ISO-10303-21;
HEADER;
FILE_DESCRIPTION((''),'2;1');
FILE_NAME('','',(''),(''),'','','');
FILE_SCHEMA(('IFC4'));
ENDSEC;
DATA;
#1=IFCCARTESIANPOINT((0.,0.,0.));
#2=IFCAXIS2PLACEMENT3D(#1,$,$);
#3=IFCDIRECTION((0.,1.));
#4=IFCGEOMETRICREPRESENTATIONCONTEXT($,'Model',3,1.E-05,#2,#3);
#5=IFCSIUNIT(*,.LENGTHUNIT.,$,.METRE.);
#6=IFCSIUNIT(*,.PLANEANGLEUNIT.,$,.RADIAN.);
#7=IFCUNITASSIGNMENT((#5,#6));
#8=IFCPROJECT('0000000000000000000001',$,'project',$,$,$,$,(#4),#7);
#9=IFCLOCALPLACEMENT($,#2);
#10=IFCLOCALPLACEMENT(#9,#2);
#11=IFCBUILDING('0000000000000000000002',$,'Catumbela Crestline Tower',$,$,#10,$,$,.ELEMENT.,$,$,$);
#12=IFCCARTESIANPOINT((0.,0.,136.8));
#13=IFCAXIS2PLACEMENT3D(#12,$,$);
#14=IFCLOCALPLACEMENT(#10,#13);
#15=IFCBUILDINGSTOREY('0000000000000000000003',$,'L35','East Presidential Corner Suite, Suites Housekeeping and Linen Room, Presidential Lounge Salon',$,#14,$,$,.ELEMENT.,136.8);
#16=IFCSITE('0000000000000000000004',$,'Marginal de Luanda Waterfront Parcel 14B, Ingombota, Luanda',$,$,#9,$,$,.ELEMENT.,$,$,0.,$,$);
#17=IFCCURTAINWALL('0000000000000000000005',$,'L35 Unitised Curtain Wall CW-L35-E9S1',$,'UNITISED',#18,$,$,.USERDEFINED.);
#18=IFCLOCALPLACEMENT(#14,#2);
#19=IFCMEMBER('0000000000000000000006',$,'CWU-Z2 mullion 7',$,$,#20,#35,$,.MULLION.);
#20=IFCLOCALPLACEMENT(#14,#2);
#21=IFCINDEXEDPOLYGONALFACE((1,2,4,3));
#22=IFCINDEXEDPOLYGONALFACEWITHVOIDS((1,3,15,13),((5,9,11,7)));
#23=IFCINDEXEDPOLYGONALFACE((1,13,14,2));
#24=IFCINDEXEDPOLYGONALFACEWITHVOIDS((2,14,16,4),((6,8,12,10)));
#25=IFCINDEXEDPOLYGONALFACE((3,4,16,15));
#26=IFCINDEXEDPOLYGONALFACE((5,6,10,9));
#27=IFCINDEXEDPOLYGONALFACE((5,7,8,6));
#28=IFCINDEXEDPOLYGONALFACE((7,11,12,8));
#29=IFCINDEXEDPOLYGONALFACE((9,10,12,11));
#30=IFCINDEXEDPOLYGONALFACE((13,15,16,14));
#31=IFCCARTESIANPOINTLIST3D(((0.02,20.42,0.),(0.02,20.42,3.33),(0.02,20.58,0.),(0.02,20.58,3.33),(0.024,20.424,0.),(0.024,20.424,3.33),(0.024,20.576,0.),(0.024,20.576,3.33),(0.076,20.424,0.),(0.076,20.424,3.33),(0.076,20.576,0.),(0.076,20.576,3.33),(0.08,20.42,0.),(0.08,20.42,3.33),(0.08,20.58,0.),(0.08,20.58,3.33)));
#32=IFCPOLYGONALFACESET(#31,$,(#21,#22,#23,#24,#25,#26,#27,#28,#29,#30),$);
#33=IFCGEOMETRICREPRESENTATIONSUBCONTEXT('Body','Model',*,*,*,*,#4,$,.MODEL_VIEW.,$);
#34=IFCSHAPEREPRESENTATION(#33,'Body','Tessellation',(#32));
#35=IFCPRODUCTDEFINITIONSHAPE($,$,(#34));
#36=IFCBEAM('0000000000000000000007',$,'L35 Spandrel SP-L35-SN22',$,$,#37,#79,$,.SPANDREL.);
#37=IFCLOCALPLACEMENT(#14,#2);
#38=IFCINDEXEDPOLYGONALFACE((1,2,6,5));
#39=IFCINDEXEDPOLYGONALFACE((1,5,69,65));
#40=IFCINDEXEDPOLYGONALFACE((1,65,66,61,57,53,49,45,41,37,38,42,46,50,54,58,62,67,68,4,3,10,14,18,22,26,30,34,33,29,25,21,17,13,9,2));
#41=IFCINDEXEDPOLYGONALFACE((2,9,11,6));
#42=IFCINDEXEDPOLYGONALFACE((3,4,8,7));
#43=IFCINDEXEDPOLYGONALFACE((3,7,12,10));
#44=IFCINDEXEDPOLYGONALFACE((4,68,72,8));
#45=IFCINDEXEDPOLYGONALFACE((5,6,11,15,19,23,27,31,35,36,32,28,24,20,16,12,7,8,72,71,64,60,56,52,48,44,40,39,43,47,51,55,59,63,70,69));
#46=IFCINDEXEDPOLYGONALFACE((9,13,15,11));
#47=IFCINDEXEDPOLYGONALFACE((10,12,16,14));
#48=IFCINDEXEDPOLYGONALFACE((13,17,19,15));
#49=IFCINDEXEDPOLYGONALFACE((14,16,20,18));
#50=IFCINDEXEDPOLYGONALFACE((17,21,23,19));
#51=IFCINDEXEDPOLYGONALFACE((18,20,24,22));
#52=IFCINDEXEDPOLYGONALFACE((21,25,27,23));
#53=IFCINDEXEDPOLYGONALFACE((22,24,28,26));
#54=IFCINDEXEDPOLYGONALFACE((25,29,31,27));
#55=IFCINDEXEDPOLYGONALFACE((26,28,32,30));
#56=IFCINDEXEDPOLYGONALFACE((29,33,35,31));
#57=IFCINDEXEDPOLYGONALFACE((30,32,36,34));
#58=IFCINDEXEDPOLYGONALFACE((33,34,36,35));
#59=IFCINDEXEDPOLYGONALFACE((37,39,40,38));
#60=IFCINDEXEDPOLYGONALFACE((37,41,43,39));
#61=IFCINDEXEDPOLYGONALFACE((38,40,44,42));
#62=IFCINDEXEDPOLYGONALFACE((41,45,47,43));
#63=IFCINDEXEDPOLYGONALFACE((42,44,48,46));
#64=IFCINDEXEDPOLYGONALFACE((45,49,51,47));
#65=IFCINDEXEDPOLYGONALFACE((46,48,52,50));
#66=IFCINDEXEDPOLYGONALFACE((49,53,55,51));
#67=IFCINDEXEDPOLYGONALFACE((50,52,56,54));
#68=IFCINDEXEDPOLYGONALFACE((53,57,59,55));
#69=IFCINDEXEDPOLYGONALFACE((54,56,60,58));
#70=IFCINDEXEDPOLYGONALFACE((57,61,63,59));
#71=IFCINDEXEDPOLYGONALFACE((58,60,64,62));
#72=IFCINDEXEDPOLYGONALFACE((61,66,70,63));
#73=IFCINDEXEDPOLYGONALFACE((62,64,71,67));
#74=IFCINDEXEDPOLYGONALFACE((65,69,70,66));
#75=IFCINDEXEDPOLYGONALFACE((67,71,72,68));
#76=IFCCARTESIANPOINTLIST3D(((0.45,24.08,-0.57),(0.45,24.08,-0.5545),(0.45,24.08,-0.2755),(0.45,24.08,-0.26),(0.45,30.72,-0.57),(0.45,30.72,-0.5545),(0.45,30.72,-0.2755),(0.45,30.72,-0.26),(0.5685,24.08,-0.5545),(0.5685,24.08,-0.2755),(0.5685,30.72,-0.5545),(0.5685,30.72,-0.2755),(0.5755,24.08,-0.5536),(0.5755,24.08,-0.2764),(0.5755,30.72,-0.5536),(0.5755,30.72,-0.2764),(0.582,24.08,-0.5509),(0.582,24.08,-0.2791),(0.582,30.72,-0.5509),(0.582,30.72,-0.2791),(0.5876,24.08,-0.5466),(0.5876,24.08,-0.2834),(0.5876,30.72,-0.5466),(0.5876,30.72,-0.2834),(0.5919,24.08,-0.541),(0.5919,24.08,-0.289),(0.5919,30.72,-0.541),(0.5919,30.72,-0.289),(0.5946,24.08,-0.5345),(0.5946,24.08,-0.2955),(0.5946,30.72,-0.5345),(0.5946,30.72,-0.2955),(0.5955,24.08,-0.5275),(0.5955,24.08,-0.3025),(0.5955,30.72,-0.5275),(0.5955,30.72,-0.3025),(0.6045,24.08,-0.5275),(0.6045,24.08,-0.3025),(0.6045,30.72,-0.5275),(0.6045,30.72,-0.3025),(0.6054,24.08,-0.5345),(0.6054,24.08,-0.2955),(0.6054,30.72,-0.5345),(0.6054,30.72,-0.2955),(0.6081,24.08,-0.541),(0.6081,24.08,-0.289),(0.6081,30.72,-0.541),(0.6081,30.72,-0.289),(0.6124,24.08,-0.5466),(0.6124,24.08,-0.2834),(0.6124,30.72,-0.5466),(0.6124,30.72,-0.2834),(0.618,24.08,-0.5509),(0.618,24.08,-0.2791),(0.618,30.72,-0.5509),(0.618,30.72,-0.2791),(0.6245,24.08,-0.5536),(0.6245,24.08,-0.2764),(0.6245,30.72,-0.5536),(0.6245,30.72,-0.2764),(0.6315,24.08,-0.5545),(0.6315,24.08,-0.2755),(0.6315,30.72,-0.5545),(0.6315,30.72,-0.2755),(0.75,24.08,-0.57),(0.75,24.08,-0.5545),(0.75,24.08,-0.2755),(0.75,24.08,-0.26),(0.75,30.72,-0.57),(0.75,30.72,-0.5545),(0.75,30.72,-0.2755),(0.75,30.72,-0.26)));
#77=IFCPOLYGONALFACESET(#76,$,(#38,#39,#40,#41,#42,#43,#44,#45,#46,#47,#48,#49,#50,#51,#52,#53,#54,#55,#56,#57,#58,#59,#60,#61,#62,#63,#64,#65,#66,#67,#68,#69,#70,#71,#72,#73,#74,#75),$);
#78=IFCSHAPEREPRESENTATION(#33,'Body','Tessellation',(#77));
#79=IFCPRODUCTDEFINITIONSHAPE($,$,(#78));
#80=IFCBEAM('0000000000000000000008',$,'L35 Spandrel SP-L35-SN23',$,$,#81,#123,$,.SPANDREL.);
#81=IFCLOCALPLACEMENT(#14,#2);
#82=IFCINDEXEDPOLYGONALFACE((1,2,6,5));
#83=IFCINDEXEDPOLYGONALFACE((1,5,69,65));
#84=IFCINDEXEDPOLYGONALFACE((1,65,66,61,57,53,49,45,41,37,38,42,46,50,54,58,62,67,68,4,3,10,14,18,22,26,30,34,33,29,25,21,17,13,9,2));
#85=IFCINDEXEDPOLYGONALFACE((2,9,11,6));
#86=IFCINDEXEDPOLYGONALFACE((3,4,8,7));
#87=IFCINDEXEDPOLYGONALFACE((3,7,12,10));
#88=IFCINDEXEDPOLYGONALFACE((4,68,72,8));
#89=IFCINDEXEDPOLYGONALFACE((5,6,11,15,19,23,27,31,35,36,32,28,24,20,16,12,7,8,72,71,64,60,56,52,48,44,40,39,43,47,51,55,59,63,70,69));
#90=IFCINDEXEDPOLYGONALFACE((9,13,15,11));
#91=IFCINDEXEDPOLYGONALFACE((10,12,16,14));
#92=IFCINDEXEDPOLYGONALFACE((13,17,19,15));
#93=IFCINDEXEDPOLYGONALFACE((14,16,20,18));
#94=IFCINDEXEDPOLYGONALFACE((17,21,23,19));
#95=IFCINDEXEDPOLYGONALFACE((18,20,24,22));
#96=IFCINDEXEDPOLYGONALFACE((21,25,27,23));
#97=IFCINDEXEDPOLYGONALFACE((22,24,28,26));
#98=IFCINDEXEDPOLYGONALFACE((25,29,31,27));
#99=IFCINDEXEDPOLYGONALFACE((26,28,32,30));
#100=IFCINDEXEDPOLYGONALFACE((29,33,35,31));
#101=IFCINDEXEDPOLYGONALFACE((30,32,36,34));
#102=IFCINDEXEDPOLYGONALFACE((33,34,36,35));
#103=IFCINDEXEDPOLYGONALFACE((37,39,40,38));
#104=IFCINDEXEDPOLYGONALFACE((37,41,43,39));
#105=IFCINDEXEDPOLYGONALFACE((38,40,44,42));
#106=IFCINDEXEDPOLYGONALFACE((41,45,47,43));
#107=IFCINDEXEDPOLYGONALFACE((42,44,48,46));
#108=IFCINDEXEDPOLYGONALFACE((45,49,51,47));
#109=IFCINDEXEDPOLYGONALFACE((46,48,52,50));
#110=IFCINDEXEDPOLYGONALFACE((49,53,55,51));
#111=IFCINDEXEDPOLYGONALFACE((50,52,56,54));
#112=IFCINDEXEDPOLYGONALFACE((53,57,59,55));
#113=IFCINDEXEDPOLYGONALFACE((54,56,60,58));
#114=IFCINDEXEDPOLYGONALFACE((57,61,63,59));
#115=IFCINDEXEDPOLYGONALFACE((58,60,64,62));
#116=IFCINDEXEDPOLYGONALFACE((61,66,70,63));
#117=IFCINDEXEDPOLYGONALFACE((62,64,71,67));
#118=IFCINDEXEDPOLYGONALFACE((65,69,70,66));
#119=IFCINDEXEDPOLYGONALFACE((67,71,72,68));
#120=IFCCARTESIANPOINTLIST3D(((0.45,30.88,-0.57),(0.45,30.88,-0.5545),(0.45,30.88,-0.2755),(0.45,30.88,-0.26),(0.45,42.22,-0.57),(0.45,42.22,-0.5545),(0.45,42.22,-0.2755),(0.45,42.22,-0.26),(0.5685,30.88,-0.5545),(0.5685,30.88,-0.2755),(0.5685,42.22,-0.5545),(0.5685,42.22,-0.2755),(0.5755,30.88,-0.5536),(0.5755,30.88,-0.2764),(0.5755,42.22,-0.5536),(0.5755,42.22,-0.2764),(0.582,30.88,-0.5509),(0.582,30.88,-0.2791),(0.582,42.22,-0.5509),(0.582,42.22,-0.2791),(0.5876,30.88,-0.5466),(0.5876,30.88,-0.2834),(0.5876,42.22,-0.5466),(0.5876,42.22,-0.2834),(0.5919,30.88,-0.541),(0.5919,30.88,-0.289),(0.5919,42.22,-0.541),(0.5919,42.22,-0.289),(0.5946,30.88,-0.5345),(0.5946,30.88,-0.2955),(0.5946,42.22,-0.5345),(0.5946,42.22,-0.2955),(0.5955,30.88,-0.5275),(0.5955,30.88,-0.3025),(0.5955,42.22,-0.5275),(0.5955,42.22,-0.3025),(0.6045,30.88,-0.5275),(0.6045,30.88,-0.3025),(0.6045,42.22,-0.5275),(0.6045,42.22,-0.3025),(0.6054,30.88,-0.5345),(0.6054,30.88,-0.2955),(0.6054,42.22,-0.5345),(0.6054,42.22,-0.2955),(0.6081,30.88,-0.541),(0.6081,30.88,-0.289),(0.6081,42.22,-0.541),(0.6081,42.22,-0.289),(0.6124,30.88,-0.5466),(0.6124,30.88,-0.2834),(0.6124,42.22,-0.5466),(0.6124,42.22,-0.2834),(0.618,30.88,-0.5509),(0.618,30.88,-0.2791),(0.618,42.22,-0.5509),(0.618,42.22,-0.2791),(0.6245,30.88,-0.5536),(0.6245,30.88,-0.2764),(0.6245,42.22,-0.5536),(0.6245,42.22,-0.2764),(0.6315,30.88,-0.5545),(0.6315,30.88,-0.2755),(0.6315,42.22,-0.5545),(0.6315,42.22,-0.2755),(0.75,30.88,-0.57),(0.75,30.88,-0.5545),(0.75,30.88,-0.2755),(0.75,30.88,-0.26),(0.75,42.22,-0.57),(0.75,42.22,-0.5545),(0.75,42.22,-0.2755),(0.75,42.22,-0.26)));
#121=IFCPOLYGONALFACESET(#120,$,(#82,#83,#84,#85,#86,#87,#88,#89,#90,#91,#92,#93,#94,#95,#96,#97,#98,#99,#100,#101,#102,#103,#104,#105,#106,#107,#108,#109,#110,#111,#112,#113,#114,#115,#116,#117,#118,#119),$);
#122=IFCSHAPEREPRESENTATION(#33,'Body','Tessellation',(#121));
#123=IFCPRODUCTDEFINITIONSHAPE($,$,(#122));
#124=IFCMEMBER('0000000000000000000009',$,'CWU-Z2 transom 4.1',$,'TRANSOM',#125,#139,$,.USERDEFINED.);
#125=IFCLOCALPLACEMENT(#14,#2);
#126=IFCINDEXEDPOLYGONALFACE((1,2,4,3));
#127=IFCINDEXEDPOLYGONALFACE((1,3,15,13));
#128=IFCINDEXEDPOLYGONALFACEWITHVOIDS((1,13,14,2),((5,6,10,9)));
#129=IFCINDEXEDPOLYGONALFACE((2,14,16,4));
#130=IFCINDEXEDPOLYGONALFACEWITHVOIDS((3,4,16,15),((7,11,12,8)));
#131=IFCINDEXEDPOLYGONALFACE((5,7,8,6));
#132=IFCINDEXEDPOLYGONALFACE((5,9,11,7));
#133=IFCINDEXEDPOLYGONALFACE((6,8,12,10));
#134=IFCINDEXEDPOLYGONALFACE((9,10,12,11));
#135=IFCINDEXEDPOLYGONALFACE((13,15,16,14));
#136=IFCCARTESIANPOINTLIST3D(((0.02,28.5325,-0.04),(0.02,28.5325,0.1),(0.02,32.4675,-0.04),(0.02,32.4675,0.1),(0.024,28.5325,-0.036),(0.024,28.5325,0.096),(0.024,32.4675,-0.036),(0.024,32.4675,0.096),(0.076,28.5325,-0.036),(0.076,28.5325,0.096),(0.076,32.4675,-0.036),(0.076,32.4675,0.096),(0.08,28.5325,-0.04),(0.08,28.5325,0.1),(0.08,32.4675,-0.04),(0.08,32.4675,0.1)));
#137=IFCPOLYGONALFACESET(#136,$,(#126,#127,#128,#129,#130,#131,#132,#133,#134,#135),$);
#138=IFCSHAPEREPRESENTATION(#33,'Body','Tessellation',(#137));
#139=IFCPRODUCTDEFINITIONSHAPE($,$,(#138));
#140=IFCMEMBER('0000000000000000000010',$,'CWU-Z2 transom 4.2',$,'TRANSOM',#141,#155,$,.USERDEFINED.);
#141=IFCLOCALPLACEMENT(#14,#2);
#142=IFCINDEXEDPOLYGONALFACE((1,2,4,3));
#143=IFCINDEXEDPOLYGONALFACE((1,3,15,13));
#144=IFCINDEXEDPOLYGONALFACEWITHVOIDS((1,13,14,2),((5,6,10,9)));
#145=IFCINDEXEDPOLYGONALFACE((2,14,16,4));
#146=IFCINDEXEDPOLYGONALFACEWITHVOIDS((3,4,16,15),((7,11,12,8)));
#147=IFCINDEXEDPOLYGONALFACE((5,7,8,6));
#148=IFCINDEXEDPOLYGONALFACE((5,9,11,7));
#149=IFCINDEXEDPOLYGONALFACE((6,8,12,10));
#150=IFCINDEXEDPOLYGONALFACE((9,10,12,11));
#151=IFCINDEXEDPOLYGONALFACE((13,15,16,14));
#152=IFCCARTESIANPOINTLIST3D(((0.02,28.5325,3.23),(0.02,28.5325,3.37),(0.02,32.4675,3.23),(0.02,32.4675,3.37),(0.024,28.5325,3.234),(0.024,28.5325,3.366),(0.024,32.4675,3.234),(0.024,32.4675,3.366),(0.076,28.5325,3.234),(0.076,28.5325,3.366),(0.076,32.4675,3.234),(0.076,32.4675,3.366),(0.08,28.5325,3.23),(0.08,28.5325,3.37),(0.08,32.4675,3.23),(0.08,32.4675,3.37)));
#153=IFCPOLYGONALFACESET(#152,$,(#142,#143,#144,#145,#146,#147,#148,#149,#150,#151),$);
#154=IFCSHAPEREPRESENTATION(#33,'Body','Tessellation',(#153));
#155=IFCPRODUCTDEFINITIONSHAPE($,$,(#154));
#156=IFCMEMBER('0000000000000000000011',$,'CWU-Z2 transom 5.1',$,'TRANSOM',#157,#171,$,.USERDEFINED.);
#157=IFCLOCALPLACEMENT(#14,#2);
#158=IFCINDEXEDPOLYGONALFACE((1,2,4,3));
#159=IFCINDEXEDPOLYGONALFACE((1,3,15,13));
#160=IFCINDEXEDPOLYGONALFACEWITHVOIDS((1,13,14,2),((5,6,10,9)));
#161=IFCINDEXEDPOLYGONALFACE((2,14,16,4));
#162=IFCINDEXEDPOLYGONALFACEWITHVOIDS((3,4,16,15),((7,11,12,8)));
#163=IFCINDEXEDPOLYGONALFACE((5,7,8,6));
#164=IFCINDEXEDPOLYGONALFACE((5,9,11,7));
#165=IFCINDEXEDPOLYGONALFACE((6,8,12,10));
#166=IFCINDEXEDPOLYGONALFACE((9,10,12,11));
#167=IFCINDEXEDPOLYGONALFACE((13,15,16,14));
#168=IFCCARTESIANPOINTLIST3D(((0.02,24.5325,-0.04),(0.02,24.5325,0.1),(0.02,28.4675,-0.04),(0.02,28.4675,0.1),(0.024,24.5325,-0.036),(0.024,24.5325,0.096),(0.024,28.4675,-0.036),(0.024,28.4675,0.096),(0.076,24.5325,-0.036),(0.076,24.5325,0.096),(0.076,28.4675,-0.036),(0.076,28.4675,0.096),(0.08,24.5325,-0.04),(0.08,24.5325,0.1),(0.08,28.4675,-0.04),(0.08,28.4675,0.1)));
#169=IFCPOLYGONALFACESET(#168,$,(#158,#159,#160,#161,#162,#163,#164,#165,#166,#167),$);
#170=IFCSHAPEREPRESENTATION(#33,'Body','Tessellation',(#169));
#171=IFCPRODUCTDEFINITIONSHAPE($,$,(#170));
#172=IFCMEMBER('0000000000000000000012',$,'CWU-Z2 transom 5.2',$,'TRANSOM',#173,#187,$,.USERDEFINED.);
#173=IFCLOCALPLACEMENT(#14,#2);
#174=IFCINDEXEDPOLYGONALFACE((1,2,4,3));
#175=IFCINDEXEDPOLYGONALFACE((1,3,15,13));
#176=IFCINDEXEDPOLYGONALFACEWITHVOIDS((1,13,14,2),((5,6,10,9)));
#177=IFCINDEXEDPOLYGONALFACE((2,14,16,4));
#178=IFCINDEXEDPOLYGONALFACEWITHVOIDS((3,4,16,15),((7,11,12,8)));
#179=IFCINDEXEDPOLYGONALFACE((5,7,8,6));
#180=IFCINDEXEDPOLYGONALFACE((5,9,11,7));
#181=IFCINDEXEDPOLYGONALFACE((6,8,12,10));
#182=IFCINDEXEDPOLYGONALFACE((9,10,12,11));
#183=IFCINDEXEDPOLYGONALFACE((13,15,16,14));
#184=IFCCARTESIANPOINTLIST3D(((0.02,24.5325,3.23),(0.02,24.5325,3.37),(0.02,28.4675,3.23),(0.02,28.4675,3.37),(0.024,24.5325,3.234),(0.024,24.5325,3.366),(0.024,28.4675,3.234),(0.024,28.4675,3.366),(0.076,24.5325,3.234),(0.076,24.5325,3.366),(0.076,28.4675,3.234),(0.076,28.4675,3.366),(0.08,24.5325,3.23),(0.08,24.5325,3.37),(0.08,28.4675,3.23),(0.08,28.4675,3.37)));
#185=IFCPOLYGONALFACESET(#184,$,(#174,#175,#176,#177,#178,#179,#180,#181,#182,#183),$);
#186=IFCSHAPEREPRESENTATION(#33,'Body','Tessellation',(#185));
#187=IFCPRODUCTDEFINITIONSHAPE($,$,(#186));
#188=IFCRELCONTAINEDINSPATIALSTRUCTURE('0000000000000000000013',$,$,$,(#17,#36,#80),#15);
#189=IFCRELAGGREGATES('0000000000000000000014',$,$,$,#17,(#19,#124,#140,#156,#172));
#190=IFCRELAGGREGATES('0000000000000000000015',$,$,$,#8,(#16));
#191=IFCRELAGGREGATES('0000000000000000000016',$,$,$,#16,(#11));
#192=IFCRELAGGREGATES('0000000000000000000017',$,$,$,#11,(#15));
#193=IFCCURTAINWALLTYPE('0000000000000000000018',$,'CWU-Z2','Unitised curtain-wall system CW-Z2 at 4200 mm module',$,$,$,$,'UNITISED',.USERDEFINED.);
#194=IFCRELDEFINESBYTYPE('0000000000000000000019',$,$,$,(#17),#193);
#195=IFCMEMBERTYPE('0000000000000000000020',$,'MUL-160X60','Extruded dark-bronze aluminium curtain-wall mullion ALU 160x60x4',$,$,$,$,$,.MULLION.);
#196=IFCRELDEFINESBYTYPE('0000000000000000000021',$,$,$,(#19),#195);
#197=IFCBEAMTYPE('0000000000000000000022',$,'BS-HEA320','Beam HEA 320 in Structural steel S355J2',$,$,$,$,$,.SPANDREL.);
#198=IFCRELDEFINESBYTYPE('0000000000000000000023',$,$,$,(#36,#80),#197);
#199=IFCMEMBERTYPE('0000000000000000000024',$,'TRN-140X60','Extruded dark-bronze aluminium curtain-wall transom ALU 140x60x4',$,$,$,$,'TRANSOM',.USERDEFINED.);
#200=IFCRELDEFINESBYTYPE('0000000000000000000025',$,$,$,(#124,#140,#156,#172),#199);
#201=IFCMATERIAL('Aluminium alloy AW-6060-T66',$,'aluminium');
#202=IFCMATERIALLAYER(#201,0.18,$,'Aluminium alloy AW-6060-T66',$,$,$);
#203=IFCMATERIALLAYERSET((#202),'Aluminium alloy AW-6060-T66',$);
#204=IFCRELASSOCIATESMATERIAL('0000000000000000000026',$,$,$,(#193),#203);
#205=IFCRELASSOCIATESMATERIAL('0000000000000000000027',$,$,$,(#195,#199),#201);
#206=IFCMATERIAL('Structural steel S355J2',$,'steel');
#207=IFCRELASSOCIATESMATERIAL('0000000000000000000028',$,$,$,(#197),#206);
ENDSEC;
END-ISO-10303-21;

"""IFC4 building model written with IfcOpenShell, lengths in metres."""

from ifc_helpers import new_model, si_unit, direction, frame, origin, origin_2d, place, context, subcontext, project, spatial, hollow_rectangle, i_section, extrude, material, layer, layer_set, material_profile, profile_set, type_object, element, aggregate, save


model = new_model("IFC4")

# Units and contexts
model_context = context("Model", 3, precision=1e-05, world=origin(), true_north=direction((0.0, 1.0)))
body_context = subcontext(model_context, "Body", "Model", "MODEL_VIEW")
ifc_project = project(units=[si_unit("LENGTHUNIT", "METRE"), si_unit("PLANEANGLEUNIT", "RADIAN")], contexts=[model_context])

# Site, building, storey
site_placement = place(None, origin())
site = spatial("IfcSite", under=ifc_project, at=site_placement, Name="Marginal de Luanda Waterfront Parcel 14B, Ingombota, Luanda", CompositionType="ELEMENT", RefElevation=0.0)
building_placement = place(site_placement, origin())
building = spatial("IfcBuilding", under=site, at=building_placement, Name="Catumbela Crestline Tower", CompositionType="ELEMENT")
storey_placement = place(building_placement, frame((0.0, 0.0, 136.8)))
storey = spatial("IfcBuildingStorey", under=building, at=storey_placement, Name="L35", Description="East Presidential Corner Suite, Suites Housekeeping and Linen Room, Presidential Lounge Salon", CompositionType="ELEMENT", Elevation=136.8)

# Shared definitions
ifc_material_1 = material(Name="Structural steel S355J2", Category="steel")

# Curtain wall, member
ifc_material_2 = material(Name="Aluminium alloy AW-6060-T66", Category="aluminium")
ifc_layer_1 = layer(ifc_material_2, 0.18, Name="Aluminium alloy AW-6060-T66")
ifc_layer_set_1 = layer_set([ifc_layer_1], Name="Aluminium alloy AW-6060-T66")
curtain_wall_type = type_object("IfcCurtainWallType", Name="CWU-Z2", Description="Unitised curtain-wall system CW-Z2 at 4200 mm module", ElementType="UNITISED", PredefinedType="USERDEFINED", material=ifc_layer_set_1)
curtain_wall_placement = place(storey_placement, origin())
curtain_wall = element("IfcCurtainWall", 1, at=curtain_wall_placement, inside=storey, type_object=curtain_wall_type, Name="L35 Unitised Curtain Wall CW-L35-E9S1", ObjectType="UNITISED", PredefinedType="USERDEFINED")
ifc_material_profile_1 = material_profile(ifc_material_2, hollow_rectangle(XDim=0.06, YDim=0.16, WallThickness=0.004, at=origin_2d()), Name="ALU 160x60x4")
ifc_profile_set_1 = profile_set([ifc_material_profile_1], Name="Aluminium alloy AW-6060-T66")
member_type_1 = type_object("IfcMemberType", Name="MUL-160X60", Description="Extruded dark-bronze aluminium curtain-wall mullion ALU 160x60x4", PredefinedType="MULLION", material=ifc_profile_set_1)
member_1_placement = place(storey_placement, frame((0.05, 20.5, 0.0), z_axis=(0.0, 0.0, 1.0), x_axis=(1.0, 0.0, 0.0)))
member_1 = element("IfcMember", 2, at=member_1_placement, type_object=member_type_1, Name="CWU-Z2 mullion 7", PredefinedType="MULLION", context=body_context, shape_type="SweptSolid", body=[
    extrude(hollow_rectangle(XDim=0.06, YDim=0.16, WallThickness=0.004, at=origin_2d()), origin(), (0.0, 0.0, 1.0), 3.33),
])

# Beams
ifc_material_profile_2 = material_profile(ifc_material_1, i_section(OverallWidth=0.3, OverallDepth=0.31, WebThickness=0.009, FlangeThickness=0.0155, FilletRadius=0.027, at=origin_2d()), Name="HEA 320")
ifc_profile_set_2 = profile_set([ifc_material_profile_2], Name="Structural steel S355J2")
beam_type_1 = type_object("IfcBeamType", Name="BS-HEA320", Description="Beam HEA 320 in Structural steel S355J2", PredefinedType="SPANDREL", material=ifc_profile_set_2)
beam_1_placement = place(storey_placement, frame((0.6, 24.08, -0.415), z_axis=(0.0, 1.0, 0.0), x_axis=(-1.0, 0.0, 0.0)))
element("IfcBeam", 3, at=beam_1_placement, inside=storey, type_object=beam_type_1, Name="L35 Spandrel SP-L35-SN22", PredefinedType="SPANDREL", context=body_context, shape_type="SweptSolid", body=[
    extrude(i_section(OverallWidth=0.3, OverallDepth=0.31, WebThickness=0.009, FlangeThickness=0.0155, FilletRadius=0.027, at=origin_2d()), origin(), (0.0, 0.0, 1.0), 6.64),
])
beam_2_placement = place(storey_placement, frame((0.6, 30.88, -0.415), z_axis=(0.0, 1.0, 0.0), x_axis=(-1.0, 0.0, 0.0)))
element("IfcBeam", 4, at=beam_2_placement, inside=storey, type_object=beam_type_1, Name="L35 Spandrel SP-L35-SN23", PredefinedType="SPANDREL", context=body_context, shape_type="SweptSolid", body=[
    extrude(i_section(OverallWidth=0.3, OverallDepth=0.31, WebThickness=0.009, FlangeThickness=0.0155, FilletRadius=0.027, at=origin_2d()), origin(), (0.0, 0.0, 1.0), 11.34),
])

# Members
ifc_material_profile_3 = material_profile(ifc_material_2, hollow_rectangle(XDim=0.06, YDim=0.14, WallThickness=0.004, at=origin_2d()), Name="ALU 140x60x4")
ifc_profile_set_3 = profile_set([ifc_material_profile_3], Name="Aluminium alloy AW-6060-T66")
member_type_2 = type_object("IfcMemberType", Name="TRN-140X60", Description="Extruded dark-bronze aluminium curtain-wall transom ALU 140x60x4", ElementType="TRANSOM", PredefinedType="USERDEFINED", material=ifc_profile_set_3)
member_2_placement = place(storey_placement, frame((0.05, 32.4675, 0.03), z_axis=(0.0, -1.0, 0.0), x_axis=(1.0, 0.0, 0.0)))
member_2 = element("IfcMember", 5, at=member_2_placement, type_object=member_type_2, Name="CWU-Z2 transom 4.1", ObjectType="TRANSOM", PredefinedType="USERDEFINED", context=body_context, shape_type="SweptSolid", body=[
    extrude(hollow_rectangle(XDim=0.06, YDim=0.14, WallThickness=0.004, at=origin_2d()), origin(), (0.0, 0.0, 1.0), 3.935),
])
member_3_placement = place(storey_placement, frame((0.05, 32.4675, 3.3), z_axis=(0.0, -1.0, 0.0), x_axis=(1.0, 0.0, 0.0)))
member_3 = element("IfcMember", 6, at=member_3_placement, type_object=member_type_2, Name="CWU-Z2 transom 4.2", ObjectType="TRANSOM", PredefinedType="USERDEFINED", context=body_context, shape_type="SweptSolid", body=[
    extrude(hollow_rectangle(XDim=0.06, YDim=0.14, WallThickness=0.004, at=origin_2d()), origin(), (0.0, 0.0, 1.0), 3.935),
])
member_4_placement = place(storey_placement, frame((0.05, 28.4675, 0.03), z_axis=(0.0, -1.0, 0.0), x_axis=(1.0, 0.0, 0.0)))
member_4 = element("IfcMember", 7, at=member_4_placement, type_object=member_type_2, Name="CWU-Z2 transom 5.1", ObjectType="TRANSOM", PredefinedType="USERDEFINED", context=body_context, shape_type="SweptSolid", body=[
    extrude(hollow_rectangle(XDim=0.06, YDim=0.14, WallThickness=0.004, at=origin_2d()), origin(), (0.0, 0.0, 1.0), 3.935),
])
member_5_placement = place(storey_placement, frame((0.05, 28.4675, 3.3), z_axis=(0.0, -1.0, 0.0), x_axis=(1.0, 0.0, 0.0)))
member_5 = element("IfcMember", 8, at=member_5_placement, type_object=member_type_2, Name="CWU-Z2 transom 5.2", ObjectType="TRANSOM", PredefinedType="USERDEFINED", context=body_context, shape_type="SweptSolid", body=[
    extrude(hollow_rectangle(XDim=0.06, YDim=0.14, WallThickness=0.004, at=origin_2d()), origin(), (0.0, 0.0, 1.0), 3.935),
])

aggregate(curtain_wall, [member_1, member_2, member_3, member_4, member_5])

save(model, "model.ifc")
